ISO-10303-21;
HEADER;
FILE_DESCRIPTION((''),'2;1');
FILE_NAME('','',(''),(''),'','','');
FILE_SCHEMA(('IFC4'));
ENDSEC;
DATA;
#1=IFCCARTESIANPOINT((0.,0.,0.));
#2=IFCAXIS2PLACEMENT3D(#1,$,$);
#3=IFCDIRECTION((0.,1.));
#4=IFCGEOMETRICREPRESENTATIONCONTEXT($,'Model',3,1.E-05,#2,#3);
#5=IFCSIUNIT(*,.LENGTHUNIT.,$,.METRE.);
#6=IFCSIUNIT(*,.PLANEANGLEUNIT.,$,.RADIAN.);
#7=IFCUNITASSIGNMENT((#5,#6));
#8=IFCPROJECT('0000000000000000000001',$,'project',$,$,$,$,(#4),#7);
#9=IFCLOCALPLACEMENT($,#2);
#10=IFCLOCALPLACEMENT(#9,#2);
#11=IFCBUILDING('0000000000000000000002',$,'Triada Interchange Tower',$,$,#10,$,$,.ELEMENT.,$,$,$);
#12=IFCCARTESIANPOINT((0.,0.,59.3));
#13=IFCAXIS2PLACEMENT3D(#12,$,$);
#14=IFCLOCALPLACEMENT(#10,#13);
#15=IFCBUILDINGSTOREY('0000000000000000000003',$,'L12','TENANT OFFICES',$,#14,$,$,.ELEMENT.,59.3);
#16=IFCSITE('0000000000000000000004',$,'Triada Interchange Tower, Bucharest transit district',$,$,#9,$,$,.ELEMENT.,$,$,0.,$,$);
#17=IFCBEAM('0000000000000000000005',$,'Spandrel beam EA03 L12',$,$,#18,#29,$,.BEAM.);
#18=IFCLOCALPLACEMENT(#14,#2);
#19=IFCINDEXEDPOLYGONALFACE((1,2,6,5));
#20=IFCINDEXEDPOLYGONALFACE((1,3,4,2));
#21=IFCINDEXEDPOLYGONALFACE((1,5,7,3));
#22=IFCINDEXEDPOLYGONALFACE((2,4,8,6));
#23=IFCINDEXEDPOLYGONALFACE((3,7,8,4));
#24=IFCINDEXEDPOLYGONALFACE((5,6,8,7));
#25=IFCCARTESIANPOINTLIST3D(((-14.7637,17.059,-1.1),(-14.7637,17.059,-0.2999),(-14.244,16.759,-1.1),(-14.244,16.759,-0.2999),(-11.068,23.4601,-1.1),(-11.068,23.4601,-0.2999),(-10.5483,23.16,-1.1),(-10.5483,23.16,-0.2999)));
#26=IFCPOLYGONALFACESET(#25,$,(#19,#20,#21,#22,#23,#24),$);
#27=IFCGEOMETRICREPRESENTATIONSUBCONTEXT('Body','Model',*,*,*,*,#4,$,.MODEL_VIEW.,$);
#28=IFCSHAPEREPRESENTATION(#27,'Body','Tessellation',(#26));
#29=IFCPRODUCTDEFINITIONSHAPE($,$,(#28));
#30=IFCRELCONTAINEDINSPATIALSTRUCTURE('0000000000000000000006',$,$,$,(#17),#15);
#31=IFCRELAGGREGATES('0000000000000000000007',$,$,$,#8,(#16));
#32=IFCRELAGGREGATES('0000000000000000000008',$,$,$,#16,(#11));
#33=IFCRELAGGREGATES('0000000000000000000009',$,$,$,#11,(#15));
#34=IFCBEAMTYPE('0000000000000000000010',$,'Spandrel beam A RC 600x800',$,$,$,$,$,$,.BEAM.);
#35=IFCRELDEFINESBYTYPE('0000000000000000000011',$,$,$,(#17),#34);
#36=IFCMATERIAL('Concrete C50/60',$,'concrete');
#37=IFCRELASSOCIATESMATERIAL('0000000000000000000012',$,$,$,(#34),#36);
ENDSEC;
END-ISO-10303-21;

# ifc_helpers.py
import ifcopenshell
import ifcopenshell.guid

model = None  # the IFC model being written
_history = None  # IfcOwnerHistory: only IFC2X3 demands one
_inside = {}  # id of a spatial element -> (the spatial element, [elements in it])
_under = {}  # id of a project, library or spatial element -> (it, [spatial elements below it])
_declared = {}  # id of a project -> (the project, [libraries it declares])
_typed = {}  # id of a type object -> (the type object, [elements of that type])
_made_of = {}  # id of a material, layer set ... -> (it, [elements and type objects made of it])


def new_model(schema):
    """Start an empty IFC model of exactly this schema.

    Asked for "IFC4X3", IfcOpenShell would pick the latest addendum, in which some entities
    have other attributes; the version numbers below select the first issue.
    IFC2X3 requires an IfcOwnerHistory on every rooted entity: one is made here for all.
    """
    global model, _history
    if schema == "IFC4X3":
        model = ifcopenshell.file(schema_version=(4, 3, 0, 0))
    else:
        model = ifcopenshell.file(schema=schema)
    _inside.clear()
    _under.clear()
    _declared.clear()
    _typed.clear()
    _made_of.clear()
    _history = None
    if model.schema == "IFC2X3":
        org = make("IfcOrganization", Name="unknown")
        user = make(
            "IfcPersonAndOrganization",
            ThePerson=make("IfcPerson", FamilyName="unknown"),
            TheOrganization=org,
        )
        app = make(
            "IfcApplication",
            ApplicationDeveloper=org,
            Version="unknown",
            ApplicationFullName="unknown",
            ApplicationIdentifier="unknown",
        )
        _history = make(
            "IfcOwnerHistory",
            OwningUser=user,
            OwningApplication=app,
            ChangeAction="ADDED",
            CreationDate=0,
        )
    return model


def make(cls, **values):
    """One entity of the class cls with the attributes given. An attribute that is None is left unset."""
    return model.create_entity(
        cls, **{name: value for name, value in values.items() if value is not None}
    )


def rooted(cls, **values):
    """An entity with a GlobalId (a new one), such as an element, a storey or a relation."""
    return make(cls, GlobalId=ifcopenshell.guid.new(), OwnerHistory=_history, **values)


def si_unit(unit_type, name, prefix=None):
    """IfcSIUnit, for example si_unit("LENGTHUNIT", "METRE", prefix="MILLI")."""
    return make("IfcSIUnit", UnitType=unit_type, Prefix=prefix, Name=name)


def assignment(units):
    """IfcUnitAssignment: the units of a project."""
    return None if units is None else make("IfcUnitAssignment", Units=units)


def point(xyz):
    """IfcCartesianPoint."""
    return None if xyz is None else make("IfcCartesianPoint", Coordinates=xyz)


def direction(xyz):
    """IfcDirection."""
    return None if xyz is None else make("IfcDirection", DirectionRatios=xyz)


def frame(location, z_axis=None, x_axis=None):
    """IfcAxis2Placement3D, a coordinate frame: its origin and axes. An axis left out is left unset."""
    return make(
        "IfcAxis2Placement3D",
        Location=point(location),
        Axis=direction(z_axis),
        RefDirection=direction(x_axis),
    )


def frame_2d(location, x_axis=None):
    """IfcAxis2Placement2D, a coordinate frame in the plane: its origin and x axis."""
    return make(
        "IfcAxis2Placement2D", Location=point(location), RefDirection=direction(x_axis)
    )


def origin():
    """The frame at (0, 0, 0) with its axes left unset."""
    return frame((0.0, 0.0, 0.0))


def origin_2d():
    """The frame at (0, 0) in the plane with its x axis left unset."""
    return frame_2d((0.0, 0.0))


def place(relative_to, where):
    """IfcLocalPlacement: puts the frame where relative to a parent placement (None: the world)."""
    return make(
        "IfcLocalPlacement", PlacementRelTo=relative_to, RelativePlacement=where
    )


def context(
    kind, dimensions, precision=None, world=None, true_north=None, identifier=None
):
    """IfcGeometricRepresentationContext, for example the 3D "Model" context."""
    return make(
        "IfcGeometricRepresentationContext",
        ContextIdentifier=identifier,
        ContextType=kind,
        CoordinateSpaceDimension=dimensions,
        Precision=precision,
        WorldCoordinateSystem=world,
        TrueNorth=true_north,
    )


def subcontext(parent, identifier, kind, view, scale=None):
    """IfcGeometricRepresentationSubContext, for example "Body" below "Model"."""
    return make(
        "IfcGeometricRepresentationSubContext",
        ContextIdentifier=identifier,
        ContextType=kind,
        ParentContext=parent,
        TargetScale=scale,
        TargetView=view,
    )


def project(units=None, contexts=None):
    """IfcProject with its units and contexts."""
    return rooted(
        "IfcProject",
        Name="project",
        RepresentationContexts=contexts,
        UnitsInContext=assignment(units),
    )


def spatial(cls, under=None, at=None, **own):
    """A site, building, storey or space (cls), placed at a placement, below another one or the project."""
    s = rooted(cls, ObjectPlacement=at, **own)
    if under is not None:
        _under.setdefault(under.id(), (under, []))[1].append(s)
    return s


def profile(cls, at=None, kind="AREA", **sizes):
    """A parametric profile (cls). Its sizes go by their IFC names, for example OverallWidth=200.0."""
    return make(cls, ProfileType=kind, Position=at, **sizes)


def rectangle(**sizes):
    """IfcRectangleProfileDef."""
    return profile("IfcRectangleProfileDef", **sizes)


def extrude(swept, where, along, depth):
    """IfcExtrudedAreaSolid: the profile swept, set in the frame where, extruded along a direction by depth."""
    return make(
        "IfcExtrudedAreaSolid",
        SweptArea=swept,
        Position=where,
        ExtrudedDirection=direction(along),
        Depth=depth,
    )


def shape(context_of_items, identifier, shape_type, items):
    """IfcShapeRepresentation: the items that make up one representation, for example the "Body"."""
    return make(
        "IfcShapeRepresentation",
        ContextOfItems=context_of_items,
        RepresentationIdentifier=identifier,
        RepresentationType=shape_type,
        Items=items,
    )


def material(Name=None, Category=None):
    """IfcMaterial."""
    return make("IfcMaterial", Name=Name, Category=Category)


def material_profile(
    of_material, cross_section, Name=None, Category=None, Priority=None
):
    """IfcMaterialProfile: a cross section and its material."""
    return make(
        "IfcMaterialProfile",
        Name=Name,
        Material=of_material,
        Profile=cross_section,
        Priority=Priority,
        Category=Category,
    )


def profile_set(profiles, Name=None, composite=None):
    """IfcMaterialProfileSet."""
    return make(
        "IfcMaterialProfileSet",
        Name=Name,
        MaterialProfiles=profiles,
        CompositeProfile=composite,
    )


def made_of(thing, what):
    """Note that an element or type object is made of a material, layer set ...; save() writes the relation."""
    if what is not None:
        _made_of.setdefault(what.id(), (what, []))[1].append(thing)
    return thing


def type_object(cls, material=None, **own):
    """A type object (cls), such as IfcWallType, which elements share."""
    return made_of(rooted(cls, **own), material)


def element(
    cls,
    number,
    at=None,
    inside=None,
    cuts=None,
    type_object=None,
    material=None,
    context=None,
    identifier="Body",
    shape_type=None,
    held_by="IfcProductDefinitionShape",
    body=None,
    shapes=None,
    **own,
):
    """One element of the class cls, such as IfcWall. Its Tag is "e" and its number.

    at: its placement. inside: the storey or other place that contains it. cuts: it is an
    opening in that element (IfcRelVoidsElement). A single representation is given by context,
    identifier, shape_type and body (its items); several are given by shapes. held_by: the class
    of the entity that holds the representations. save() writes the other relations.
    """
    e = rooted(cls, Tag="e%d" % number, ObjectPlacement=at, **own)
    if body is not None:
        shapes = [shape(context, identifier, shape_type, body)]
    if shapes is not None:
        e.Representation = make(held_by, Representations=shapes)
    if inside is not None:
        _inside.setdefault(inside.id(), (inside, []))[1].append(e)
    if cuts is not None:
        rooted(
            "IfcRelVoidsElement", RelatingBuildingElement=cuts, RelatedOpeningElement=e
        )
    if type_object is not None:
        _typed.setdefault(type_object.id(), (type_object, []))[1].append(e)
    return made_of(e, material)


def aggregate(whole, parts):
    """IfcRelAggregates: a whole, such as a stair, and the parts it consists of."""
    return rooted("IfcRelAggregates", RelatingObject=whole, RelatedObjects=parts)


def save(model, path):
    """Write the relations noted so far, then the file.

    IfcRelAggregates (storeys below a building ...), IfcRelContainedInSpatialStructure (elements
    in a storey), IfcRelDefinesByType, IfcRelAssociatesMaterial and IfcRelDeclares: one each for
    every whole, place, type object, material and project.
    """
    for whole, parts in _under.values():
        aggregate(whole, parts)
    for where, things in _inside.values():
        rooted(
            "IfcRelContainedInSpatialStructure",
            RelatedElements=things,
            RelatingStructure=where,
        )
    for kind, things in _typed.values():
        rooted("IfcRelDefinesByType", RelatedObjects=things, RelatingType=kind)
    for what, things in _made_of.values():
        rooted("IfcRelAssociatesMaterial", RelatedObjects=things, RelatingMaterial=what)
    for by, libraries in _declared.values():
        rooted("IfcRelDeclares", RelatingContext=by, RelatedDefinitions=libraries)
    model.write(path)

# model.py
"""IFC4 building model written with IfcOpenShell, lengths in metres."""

from ifc_helpers import new_model, si_unit, direction, frame, origin, origin_2d, place, context, subcontext, project, spatial, rectangle, extrude, material, material_profile, profile_set, type_object, element, save


model = new_model("IFC4")

# Units and contexts
model_context = context("Model", 3, precision=1e-05, world=origin(), true_north=direction((0.0, 1.0)))
body_context = subcontext(model_context, "Body", "Model", "MODEL_VIEW")
ifc_project = project(units=[si_unit("LENGTHUNIT", "METRE"), si_unit("PLANEANGLEUNIT", "RADIAN")], contexts=[model_context])

# Site, building, storey
site_placement = place(None, origin())
site = spatial("IfcSite", under=ifc_project, at=site_placement, Name="Triada Interchange Tower, Bucharest transit district", CompositionType="ELEMENT", RefElevation=0.0)
building_placement = place(site_placement, origin())
building = spatial("IfcBuilding", under=site, at=building_placement, Name="Triada Interchange Tower", CompositionType="ELEMENT")
storey_placement = place(building_placement, frame((0.0, 0.0, 59.3)))
storey = spatial("IfcBuildingStorey", under=building, at=storey_placement, Name="L12", Description="TENANT OFFICES", CompositionType="ELEMENT", Elevation=59.3)

# Beam
ifc_material_1 = material(Name="Concrete C50/60", Category="concrete")
ifc_material_profile_1 = material_profile(ifc_material_1, rectangle(XDim=0.6001, YDim=0.8, at=origin_2d()), Name="RC 600x800")
ifc_profile_set_1 = profile_set([ifc_material_profile_1], Name="Concrete C50/60")
beam_type_1 = type_object("IfcBeamType", Name="Spandrel beam A RC 600x800", PredefinedType="BEAM", material=ifc_profile_set_1)
beam_1_placement = place(storey_placement, frame((-10.8081, 23.3101, -0.7), z_axis=(-0.500011, -0.866019, 0.0), x_axis=(0.866019, -0.500011, 0.0)))
element("IfcBeam", 1, at=beam_1_placement, inside=storey, type_object=beam_type_1, Name="Spandrel beam EA03 L12", PredefinedType="BEAM", context=body_context, shape_type="SweptSolid", body=[
    extrude(rectangle(XDim=0.6001, YDim=0.8, at=origin_2d()), origin(), (0.0, 0.0, 1.0), 7.3914),
])

save(model, "model.ifc")
